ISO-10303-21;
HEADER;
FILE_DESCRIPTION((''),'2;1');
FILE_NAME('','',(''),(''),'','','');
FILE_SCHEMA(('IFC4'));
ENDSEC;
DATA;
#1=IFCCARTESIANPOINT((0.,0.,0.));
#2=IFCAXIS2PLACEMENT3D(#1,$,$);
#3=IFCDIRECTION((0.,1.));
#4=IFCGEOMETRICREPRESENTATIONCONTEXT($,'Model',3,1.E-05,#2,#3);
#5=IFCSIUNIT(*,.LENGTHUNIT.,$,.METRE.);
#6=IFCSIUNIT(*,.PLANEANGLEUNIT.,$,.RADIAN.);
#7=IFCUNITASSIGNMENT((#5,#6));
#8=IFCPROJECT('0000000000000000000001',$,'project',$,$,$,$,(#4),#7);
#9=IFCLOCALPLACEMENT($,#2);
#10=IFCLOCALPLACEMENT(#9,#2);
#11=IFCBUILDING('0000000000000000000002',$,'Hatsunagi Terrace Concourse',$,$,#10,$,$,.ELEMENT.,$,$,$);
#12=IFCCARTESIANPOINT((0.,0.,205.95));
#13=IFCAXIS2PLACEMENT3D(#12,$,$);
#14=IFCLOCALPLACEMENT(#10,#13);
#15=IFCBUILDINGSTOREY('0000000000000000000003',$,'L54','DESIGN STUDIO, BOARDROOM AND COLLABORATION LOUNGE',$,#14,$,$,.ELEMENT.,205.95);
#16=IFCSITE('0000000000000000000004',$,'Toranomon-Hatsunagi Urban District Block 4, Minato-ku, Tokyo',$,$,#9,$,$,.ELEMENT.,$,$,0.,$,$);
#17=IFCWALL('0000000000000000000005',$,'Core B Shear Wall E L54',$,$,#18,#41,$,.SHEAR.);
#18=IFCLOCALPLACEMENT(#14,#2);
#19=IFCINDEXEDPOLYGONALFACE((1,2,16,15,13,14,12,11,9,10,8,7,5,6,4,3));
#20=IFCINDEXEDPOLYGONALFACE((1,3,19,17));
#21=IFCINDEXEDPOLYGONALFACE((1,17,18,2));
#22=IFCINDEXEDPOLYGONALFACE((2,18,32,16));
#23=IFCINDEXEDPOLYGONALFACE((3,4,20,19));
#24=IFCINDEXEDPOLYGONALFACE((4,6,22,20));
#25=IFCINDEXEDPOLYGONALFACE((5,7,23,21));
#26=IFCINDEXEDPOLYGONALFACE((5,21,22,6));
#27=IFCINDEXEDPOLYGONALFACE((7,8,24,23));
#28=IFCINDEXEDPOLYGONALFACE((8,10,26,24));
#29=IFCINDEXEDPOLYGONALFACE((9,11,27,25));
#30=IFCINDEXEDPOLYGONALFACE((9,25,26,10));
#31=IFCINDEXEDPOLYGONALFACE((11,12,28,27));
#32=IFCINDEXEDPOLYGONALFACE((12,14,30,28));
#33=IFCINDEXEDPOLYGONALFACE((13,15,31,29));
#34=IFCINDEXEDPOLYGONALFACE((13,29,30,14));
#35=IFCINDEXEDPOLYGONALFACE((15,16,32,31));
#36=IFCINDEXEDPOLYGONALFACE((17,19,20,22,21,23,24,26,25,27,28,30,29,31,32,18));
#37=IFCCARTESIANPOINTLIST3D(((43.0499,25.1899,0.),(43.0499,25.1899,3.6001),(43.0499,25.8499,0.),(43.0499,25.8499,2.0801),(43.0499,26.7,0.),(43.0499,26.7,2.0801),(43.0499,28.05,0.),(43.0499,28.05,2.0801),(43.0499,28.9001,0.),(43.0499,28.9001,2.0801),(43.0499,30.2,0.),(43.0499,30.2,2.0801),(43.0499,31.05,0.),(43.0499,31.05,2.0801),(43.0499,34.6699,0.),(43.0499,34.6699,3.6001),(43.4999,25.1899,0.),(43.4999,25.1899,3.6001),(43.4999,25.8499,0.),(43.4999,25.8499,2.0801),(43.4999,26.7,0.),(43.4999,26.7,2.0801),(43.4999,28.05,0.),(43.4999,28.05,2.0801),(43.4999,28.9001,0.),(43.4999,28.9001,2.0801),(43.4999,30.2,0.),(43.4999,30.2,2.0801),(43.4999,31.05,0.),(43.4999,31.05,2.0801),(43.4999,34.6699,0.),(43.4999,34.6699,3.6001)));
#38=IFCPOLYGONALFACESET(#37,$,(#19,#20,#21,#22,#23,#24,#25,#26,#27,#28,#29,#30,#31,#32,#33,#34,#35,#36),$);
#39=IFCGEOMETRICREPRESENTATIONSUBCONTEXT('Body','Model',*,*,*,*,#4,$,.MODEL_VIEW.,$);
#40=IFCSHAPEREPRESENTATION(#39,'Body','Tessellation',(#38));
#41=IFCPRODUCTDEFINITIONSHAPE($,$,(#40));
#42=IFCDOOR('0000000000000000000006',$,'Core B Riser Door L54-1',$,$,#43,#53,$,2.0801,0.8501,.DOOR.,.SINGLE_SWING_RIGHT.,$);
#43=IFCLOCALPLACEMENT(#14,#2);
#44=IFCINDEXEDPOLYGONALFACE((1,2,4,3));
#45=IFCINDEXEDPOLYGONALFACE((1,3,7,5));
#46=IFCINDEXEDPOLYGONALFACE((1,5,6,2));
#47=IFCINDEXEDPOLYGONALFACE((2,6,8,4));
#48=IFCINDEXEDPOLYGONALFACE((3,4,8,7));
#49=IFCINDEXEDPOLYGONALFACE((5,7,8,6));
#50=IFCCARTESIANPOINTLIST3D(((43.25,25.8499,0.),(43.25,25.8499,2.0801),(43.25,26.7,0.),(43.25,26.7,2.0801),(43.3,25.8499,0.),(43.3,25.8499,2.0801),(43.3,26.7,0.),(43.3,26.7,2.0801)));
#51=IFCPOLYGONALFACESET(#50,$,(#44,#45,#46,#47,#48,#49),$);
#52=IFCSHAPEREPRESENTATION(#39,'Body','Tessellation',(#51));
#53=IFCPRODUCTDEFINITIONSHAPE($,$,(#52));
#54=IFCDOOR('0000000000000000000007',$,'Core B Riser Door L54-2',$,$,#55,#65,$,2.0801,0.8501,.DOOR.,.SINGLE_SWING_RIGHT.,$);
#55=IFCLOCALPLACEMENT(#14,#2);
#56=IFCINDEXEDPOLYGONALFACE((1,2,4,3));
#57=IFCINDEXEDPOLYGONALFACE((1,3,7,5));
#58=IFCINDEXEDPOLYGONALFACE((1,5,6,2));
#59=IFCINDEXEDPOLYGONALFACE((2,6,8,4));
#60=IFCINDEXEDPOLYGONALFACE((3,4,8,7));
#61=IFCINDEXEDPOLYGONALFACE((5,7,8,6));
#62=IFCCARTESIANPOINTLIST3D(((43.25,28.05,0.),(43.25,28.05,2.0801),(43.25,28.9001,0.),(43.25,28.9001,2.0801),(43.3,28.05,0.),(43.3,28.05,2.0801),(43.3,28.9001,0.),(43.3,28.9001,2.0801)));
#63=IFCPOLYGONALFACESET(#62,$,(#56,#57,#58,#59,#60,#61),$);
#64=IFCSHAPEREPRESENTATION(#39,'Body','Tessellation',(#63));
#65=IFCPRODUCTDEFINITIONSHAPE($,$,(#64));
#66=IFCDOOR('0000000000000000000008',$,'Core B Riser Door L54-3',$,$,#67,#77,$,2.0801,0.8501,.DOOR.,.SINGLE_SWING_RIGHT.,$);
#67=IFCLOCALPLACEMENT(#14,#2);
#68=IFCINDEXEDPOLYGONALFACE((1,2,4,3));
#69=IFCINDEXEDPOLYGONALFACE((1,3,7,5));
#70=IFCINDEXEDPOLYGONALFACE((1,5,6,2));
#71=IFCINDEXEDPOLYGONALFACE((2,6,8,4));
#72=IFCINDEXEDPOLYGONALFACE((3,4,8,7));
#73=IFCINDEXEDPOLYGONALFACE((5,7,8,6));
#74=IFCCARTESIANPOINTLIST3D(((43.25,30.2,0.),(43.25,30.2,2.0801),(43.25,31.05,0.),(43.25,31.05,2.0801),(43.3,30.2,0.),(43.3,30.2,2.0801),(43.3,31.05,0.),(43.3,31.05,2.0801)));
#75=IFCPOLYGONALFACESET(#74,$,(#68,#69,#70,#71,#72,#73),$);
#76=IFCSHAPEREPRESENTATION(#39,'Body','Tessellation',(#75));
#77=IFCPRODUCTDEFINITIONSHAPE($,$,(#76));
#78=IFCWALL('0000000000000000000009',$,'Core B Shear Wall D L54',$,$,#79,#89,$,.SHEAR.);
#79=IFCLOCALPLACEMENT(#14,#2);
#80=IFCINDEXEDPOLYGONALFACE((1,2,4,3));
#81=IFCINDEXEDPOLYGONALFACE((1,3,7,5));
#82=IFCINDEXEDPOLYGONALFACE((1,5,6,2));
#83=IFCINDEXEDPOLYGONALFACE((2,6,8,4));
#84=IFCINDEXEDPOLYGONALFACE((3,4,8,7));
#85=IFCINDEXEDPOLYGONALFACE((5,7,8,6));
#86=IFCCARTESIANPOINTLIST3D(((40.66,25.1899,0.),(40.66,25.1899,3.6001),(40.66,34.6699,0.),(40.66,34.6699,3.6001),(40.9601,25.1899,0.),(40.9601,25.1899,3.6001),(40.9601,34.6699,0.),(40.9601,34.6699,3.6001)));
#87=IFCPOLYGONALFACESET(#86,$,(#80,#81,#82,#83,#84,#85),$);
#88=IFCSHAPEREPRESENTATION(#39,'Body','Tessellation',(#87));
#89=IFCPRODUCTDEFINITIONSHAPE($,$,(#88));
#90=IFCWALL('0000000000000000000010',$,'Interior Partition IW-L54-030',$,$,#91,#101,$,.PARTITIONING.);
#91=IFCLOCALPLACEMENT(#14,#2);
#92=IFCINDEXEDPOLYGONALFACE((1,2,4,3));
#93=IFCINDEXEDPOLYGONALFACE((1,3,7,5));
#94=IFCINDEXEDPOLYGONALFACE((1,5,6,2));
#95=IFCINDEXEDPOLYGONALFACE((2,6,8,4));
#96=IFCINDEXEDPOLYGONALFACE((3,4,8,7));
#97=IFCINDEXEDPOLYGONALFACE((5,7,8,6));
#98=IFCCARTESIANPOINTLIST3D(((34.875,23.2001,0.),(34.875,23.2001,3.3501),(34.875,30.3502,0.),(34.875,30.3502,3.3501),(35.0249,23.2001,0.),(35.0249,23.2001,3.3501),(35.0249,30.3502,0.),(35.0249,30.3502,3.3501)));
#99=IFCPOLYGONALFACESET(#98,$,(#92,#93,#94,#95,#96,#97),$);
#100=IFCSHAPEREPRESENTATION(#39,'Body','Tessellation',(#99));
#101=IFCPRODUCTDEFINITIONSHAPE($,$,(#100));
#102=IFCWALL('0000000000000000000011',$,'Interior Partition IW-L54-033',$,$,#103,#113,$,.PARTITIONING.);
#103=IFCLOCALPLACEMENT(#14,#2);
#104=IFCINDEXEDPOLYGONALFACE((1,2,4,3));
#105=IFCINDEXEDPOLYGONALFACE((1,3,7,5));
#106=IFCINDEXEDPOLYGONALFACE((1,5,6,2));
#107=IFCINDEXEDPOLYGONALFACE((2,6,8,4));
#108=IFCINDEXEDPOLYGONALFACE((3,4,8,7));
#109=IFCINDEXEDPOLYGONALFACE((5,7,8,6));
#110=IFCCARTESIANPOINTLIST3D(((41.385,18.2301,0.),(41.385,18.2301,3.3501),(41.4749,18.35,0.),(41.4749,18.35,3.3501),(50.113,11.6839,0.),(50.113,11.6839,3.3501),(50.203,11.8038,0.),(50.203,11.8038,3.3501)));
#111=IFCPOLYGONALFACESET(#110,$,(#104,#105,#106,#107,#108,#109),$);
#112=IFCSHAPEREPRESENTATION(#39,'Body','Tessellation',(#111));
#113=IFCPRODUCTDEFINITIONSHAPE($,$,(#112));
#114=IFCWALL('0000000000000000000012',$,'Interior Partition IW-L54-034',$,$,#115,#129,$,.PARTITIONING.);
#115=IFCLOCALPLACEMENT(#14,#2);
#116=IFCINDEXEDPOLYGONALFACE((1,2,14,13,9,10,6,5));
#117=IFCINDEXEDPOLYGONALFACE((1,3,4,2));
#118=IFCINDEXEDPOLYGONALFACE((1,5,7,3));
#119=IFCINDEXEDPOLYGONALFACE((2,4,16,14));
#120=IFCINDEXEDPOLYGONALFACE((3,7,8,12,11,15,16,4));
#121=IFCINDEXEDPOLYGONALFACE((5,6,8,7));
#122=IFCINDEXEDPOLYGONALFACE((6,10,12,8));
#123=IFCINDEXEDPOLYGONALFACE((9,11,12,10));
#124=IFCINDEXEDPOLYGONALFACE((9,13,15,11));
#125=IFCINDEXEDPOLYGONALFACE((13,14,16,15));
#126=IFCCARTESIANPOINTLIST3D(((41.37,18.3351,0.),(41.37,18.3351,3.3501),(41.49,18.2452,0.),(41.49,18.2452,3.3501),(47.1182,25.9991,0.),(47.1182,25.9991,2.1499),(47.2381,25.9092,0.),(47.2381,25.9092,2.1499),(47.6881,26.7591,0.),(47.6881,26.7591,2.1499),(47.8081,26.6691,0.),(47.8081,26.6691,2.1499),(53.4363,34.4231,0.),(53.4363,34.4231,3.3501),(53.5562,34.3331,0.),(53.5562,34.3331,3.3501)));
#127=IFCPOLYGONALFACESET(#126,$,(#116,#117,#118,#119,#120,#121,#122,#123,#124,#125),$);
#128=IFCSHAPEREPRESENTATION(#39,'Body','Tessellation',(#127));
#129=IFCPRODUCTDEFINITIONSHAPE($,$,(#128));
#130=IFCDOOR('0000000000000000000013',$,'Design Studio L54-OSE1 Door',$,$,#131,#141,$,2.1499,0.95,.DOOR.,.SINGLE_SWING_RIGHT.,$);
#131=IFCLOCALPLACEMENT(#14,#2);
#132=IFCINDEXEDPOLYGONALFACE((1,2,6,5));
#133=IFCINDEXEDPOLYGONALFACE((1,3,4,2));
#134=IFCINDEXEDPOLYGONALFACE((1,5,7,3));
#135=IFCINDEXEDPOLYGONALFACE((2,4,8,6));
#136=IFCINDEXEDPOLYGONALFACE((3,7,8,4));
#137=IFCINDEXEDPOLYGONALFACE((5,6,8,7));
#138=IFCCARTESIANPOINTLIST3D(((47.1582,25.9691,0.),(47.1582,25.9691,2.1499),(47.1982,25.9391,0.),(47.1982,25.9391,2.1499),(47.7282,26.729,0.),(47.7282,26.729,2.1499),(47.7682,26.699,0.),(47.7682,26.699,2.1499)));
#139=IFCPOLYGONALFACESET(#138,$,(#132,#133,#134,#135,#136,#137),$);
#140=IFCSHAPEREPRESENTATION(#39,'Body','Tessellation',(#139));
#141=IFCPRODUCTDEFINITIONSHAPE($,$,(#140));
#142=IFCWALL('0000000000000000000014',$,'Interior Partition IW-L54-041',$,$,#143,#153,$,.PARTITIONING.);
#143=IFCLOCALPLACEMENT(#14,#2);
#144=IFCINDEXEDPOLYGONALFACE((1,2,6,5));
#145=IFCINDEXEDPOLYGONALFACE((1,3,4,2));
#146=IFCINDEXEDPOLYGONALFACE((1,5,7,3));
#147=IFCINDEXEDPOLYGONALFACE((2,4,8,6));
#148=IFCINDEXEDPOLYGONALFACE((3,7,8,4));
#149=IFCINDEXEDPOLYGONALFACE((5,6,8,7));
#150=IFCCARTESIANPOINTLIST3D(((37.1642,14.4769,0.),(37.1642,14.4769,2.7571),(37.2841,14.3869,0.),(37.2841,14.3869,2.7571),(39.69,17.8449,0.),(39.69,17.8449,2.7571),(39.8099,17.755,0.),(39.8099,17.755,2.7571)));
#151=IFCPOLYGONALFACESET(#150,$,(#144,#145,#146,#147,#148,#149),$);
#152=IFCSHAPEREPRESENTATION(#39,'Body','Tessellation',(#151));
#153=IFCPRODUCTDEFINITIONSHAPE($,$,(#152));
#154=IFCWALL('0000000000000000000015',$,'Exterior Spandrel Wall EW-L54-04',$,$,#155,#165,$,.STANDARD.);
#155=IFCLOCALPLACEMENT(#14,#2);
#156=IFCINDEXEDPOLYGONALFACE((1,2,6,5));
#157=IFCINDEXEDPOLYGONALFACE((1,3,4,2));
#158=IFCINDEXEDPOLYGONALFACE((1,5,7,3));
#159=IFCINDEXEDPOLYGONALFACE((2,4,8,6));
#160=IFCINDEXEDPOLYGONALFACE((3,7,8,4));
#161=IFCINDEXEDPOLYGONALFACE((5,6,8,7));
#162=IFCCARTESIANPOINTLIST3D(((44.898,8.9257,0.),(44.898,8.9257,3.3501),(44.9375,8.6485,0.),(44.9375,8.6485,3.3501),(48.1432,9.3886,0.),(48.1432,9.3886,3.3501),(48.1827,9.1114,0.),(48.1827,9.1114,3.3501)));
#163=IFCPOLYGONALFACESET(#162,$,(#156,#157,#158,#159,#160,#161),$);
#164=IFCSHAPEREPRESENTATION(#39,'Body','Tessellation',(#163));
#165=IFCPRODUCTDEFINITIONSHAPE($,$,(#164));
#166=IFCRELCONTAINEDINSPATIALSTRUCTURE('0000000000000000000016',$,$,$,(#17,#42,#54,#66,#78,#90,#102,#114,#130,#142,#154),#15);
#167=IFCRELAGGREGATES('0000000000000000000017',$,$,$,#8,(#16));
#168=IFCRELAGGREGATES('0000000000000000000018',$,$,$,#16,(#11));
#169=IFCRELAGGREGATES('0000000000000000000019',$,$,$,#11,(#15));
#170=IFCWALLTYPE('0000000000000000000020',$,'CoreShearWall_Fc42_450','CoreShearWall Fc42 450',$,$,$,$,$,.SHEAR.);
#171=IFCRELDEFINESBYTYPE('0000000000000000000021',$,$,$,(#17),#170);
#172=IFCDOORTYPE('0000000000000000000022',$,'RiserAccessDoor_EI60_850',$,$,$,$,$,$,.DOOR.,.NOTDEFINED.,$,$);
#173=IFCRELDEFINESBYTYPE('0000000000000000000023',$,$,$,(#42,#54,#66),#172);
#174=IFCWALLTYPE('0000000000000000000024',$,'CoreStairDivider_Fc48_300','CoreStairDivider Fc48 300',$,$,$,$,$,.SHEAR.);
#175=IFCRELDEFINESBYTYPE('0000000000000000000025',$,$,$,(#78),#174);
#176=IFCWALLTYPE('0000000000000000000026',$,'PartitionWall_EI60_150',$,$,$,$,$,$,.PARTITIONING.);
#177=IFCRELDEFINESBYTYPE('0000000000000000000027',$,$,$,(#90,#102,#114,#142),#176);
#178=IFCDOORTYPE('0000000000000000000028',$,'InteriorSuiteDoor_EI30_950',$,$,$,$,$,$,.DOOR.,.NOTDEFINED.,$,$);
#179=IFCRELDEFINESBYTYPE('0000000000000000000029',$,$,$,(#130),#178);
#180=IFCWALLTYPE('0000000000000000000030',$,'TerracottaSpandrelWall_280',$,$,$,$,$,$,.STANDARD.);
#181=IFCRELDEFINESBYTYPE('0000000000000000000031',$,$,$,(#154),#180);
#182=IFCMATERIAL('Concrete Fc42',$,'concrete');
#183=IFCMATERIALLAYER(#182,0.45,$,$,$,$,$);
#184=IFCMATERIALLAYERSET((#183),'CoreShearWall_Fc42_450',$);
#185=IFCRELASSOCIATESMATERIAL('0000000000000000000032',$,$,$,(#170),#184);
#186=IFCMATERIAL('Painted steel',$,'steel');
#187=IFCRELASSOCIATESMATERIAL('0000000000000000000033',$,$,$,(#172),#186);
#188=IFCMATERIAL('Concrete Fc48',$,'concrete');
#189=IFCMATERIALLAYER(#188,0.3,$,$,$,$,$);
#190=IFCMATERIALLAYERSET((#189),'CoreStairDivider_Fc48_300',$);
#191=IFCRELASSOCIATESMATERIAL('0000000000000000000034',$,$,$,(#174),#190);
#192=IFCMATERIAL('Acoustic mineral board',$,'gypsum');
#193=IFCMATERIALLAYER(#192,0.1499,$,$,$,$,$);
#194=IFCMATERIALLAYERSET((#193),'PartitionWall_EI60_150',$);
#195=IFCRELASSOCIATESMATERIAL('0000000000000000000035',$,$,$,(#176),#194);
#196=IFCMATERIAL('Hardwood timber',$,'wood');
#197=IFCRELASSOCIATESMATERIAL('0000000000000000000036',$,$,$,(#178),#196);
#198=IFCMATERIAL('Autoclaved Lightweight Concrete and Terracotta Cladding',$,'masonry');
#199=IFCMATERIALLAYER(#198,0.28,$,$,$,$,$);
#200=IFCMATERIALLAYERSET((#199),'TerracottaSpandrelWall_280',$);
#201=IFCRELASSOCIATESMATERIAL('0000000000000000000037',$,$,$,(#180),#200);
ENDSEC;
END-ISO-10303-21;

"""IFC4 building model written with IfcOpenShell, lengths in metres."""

from ifc_helpers import new_model, si_unit, direction, frame, frame_2d, origin, place, context, subcontext, project, spatial, rectangle, extrude, material, layer, layer_set, type_object, element, fill, save


model = new_model("IFC4")

# Units and contexts
model_context = context("Model", 3, precision=1e-05, world=origin(), true_north=direction((0.0, 1.0)))
body_context = subcontext(model_context, "Body", "Model", "MODEL_VIEW")
ifc_project = project(units=[si_unit("LENGTHUNIT", "METRE"), si_unit("PLANEANGLEUNIT", "RADIAN")], contexts=[model_context])

# Site, building, storey
site_placement = place(None, origin())
site = spatial("IfcSite", under=ifc_project, at=site_placement, Name="Toranomon-Hatsunagi Urban District Block 4, Minato-ku, Tokyo", CompositionType="ELEMENT", RefElevation=0.0)
building_placement = place(site_placement, origin())
building = spatial("IfcBuilding", under=site, at=building_placement, Name="Hatsunagi Terrace Concourse", CompositionType="ELEMENT")
storey_placement = place(building_placement, frame((0.0, 0.0, 205.95)))
storey = spatial("IfcBuildingStorey", under=building, at=storey_placement, Name="L54", Description="DESIGN STUDIO, BOARDROOM AND COLLABORATION LOUNGE", CompositionType="ELEMENT", Elevation=205.95)

# Shared definitions
ifc_material_1 = material(Name="Concrete Fc42", Category="concrete")
ifc_layer_1 = layer(ifc_material_1, 0.45)
ifc_layer_set_1 = layer_set([ifc_layer_1], Name="CoreShearWall_Fc42_450")
wall_type_1 = type_object("IfcWallType", Name="CoreShearWall_Fc42_450", Description="CoreShearWall Fc42 450", PredefinedType="SHEAR", material=ifc_layer_set_1)

# Wall, openings, doors
wall_1_placement = place(storey_placement, frame((43.2749, 25.1899, 0.0), z_axis=(0.0, 0.0, 1.0), x_axis=(0.0, 1.0, 0.0)))
wall_1 = element("IfcWall", 1, at=wall_1_placement, inside=storey, type_object=wall_type_1, Name="Core B Shear Wall E L54", PredefinedType="SHEAR", context=body_context, shape_type="SweptSolid", body=[
    extrude(rectangle(XDim=9.48, YDim=0.45, at=frame_2d((4.74, 0.0))), origin(), (0.0, 0.0, 1.0), 3.6001),
])
opening_1_placement = place(wall_1_placement, frame((0.6599, 0.0, 0.0)))
opening_1 = element("IfcOpeningElement", 2, at=opening_1_placement, cuts=wall_1, PredefinedType="OPENING", context=body_context, shape_type="SweptSolid", body=[
    extrude(rectangle(XDim=0.8501, YDim=2.0801, at=frame_2d((0.425, 1.04))), frame((0.0, 0.2349, 0.0), z_axis=(0.0, -1.0, 0.0), x_axis=(1.0, 0.0, 0.0)), (0.0, 0.0, 1.0), 0.47),
])
opening_2_placement = place(wall_1_placement, frame((2.8601, 0.0, 0.0)))
opening_2 = element("IfcOpeningElement", 3, at=opening_2_placement, cuts=wall_1, PredefinedType="OPENING", context=body_context, shape_type="SweptSolid", body=[
    extrude(rectangle(XDim=0.8501, YDim=2.0801, at=frame_2d((0.425, 1.04))), frame((0.0, 0.2349, 0.0), z_axis=(0.0, -1.0, 0.0), x_axis=(1.0, 0.0, 0.0)), (0.0, 0.0, 1.0), 0.47),
])
opening_3_placement = place(wall_1_placement, frame((5.01, 0.0, 0.0)))
opening_3 = element("IfcOpeningElement", 4, at=opening_3_placement, cuts=wall_1, PredefinedType="OPENING", context=body_context, shape_type="SweptSolid", body=[
    extrude(rectangle(XDim=0.8501, YDim=2.0801, at=frame_2d((0.425, 1.04))), frame((0.0, 0.2349, 0.0), z_axis=(0.0, -1.0, 0.0), x_axis=(1.0, 0.0, 0.0)), (0.0, 0.0, 1.0), 0.47),
])
ifc_material_2 = material(Name="Painted steel", Category="steel")
door_type_1 = type_object("IfcDoorType", Name="RiserAccessDoor_EI60_850", OperationType="NOTDEFINED", PredefinedType="DOOR", material=ifc_material_2)
door_1_placement = place(opening_1_placement, origin())
door_1 = element("IfcDoor", 5, at=door_1_placement, inside=storey, type_object=door_type_1, Name="Core B Riser Door L54-1", OperationType="SINGLE_SWING_RIGHT", OverallHeight=2.0801, OverallWidth=0.8501, PredefinedType="DOOR", context=body_context, shape_type="SweptSolid", body=[
    extrude(rectangle(XDim=0.8501, YDim=2.0801, at=frame_2d((0.425, 1.04))), frame((0.0, 0.0249, 0.0), z_axis=(0.0, -1.0, 0.0), x_axis=(1.0, 0.0, 0.0)), (0.0, 0.0, 1.0), 0.05),
])
fill(opening_1, door_1)
door_2_placement = place(opening_2_placement, origin())
door_2 = element("IfcDoor", 6, at=door_2_placement, inside=storey, type_object=door_type_1, Name="Core B Riser Door L54-2", OperationType="SINGLE_SWING_RIGHT", OverallHeight=2.0801, OverallWidth=0.8501, PredefinedType="DOOR", context=body_context, shape_type="SweptSolid", body=[
    extrude(rectangle(XDim=0.8501, YDim=2.0801, at=frame_2d((0.425, 1.04))), frame((0.0, 0.0249, 0.0), z_axis=(0.0, -1.0, 0.0), x_axis=(1.0, 0.0, 0.0)), (0.0, 0.0, 1.0), 0.05),
])
fill(opening_2, door_2)
door_3_placement = place(opening_3_placement, origin())
door_3 = element("IfcDoor", 7, at=door_3_placement, inside=storey, type_object=door_type_1, Name="Core B Riser Door L54-3", OperationType="SINGLE_SWING_RIGHT", OverallHeight=2.0801, OverallWidth=0.8501, PredefinedType="DOOR", context=body_context, shape_type="SweptSolid", body=[
    extrude(rectangle(XDim=0.8501, YDim=2.0801, at=frame_2d((0.425, 1.04))), frame((0.0, 0.0249, 0.0), z_axis=(0.0, -1.0, 0.0), x_axis=(1.0, 0.0, 0.0)), (0.0, 0.0, 1.0), 0.05),
])
fill(opening_3, door_3)

# Walls
ifc_material_3 = material(Name="Concrete Fc48", Category="concrete")
ifc_layer_2 = layer(ifc_material_3, 0.3)
ifc_layer_set_2 = layer_set([ifc_layer_2], Name="CoreStairDivider_Fc48_300")
wall_type_2 = type_object("IfcWallType", Name="CoreStairDivider_Fc48_300", Description="CoreStairDivider Fc48 300", PredefinedType="SHEAR", material=ifc_layer_set_2)
wall_2_placement = place(storey_placement, frame((40.8101, 25.1899, 0.0), z_axis=(0.0, 0.0, 1.0), x_axis=(0.0, 1.0, 0.0)))
element("IfcWall", 8, at=wall_2_placement, inside=storey, type_object=wall_type_2, Name="Core B Shear Wall D L54", PredefinedType="SHEAR", context=body_context, shape_type="SweptSolid", body=[
    extrude(rectangle(XDim=9.48, YDim=0.3, at=frame_2d((4.74, 0.0))), origin(), (0.0, 0.0, 1.0), 3.6001),
])
ifc_material_4 = material(Name="Acoustic mineral board", Category="gypsum")
ifc_layer_3 = layer(ifc_material_4, 0.1499)
ifc_layer_set_3 = layer_set([ifc_layer_3], Name="PartitionWall_EI60_150")
wall_type_3 = type_object("IfcWallType", Name="PartitionWall_EI60_150", PredefinedType="PARTITIONING", material=ifc_layer_set_3)
wall_3_placement = place(storey_placement, frame((34.95, 23.2, 0.0), z_axis=(0.0, 0.0, 1.0), x_axis=(0.0, 1.0, 0.0)))
element("IfcWall", 9, at=wall_3_placement, inside=storey, type_object=wall_type_3, Name="Interior Partition IW-L54-030", PredefinedType="PARTITIONING", context=body_context, shape_type="SweptSolid", body=[
    extrude(rectangle(XDim=7.1501, YDim=0.1499, at=frame_2d((3.5752, 0.0))), origin(), (0.0, 0.0, 1.0), 3.3501),
])
wall_4_placement = place(storey_placement, frame((41.4299, 18.29, 0.0), z_axis=(0.0, 0.0, 1.0), x_axis=(0.799995, -0.600007, 0.0)))
element("IfcWall", 10, at=wall_4_placement, inside=storey, type_object=wall_type_3, Name="Interior Partition IW-L54-033", PredefinedType="PARTITIONING", context=body_context, shape_type="SweptSolid", body=[
    extrude(rectangle(XDim=10.9102, YDim=0.1499, at=frame_2d((5.4551, 0.0))), origin(), (0.0, 0.0, 1.0), 3.3501),
])

# Wall, opening, door
wall_5_placement = place(storey_placement, frame((41.4299, 18.29, 0.0), z_axis=(0.0, 0.0, 1.0), x_axis=(0.600008, 0.799994, 0.0)))
wall_5 = element("IfcWall", 11, at=wall_5_placement, inside=storey, type_object=wall_type_3, Name="Interior Partition IW-L54-034", PredefinedType="PARTITIONING", context=body_context, shape_type="SweptSolid", body=[
    extrude(rectangle(XDim=20.1101, YDim=0.1499, at=frame_2d((10.0552, 0.0))), origin(), (0.0, 0.0, 1.0), 3.3501),
])
opening_4_placement = place(wall_5_placement, frame((9.5801, 0.0, 0.0)))
opening_4 = element("IfcOpeningElement", 12, at=opening_4_placement, cuts=wall_5, PredefinedType="OPENING", context=body_context, shape_type="SweptSolid", body=[
    extrude(rectangle(XDim=0.95, YDim=2.1499, at=frame_2d((0.4751, 1.075))), frame((0.0, 0.085, 0.0), z_axis=(0.0, -1.0, 0.0), x_axis=(1.0, 0.0, 0.0)), (0.0, 0.0, 1.0), 0.1699),
])
ifc_material_5 = material(Name="Hardwood timber", Category="wood")
door_type_2 = type_object("IfcDoorType", Name="InteriorSuiteDoor_EI30_950", OperationType="NOTDEFINED", PredefinedType="DOOR", material=ifc_material_5)
door_4_placement = place(opening_4_placement, origin())
door_4 = element("IfcDoor", 13, at=door_4_placement, inside=storey, type_object=door_type_2, Name="Design Studio L54-OSE1 Door", OperationType="SINGLE_SWING_RIGHT", OverallHeight=2.1499, OverallWidth=0.95, PredefinedType="DOOR", context=body_context, shape_type="SweptSolid", body=[
    extrude(rectangle(XDim=0.95, YDim=2.1499, at=frame_2d((0.4751, 1.075))), frame((0.0, 0.0249, 0.0), z_axis=(0.0, -1.0, 0.0), x_axis=(1.0, 0.0, 0.0)), (0.0, 0.0, 1.0), 0.05),
])
fill(opening_4, door_4)

# Walls
wall_6_placement = place(storey_placement, frame((37.2241, 14.4319, 0.0), z_axis=(0.0, 0.0, 1.0), x_axis=(0.599963, 0.800028, 0.0)))
element("IfcWall", 14, at=wall_6_placement, inside=storey, type_object=wall_type_3, Name="Interior Partition IW-L54-041", PredefinedType="PARTITIONING", context=body_context, shape_type="SweptSolid", body=[
    extrude(rectangle(XDim=4.21, YDim=0.1499, at=frame_2d((2.105, 0.0))), origin(), (0.0, 0.0, 1.0), 2.7571),
])
ifc_material_6 = material(Name="Autoclaved Lightweight Concrete and Terracotta Cladding", Category="masonry")
ifc_layer_4 = layer(ifc_material_6, 0.28)
ifc_layer_set_4 = layer_set([ifc_layer_4], Name="TerracottaSpandrelWall_280")
wall_type_4 = type_object("IfcWallType", Name="TerracottaSpandrelWall_280", PredefinedType="STANDARD", material=ifc_layer_set_4)
wall_7_placement = place(storey_placement, frame((48.1631, 9.25, 0.0), z_axis=(0.0, 0.0, 1.0), x_axis=(-0.989979, -0.141213, 0.0)))
element("IfcWall", 15, at=wall_7_placement, inside=storey, type_object=wall_type_4, Name="Exterior Spandrel Wall EW-L54-04", PredefinedType="STANDARD", context=body_context, shape_type="SweptSolid", body=[
    extrude(rectangle(XDim=3.2781, YDim=0.28, at=frame_2d((1.6392, 0.0))), origin(), (0.0, 0.0, 1.0), 3.3501),
])

save(model, "model.ifc")
